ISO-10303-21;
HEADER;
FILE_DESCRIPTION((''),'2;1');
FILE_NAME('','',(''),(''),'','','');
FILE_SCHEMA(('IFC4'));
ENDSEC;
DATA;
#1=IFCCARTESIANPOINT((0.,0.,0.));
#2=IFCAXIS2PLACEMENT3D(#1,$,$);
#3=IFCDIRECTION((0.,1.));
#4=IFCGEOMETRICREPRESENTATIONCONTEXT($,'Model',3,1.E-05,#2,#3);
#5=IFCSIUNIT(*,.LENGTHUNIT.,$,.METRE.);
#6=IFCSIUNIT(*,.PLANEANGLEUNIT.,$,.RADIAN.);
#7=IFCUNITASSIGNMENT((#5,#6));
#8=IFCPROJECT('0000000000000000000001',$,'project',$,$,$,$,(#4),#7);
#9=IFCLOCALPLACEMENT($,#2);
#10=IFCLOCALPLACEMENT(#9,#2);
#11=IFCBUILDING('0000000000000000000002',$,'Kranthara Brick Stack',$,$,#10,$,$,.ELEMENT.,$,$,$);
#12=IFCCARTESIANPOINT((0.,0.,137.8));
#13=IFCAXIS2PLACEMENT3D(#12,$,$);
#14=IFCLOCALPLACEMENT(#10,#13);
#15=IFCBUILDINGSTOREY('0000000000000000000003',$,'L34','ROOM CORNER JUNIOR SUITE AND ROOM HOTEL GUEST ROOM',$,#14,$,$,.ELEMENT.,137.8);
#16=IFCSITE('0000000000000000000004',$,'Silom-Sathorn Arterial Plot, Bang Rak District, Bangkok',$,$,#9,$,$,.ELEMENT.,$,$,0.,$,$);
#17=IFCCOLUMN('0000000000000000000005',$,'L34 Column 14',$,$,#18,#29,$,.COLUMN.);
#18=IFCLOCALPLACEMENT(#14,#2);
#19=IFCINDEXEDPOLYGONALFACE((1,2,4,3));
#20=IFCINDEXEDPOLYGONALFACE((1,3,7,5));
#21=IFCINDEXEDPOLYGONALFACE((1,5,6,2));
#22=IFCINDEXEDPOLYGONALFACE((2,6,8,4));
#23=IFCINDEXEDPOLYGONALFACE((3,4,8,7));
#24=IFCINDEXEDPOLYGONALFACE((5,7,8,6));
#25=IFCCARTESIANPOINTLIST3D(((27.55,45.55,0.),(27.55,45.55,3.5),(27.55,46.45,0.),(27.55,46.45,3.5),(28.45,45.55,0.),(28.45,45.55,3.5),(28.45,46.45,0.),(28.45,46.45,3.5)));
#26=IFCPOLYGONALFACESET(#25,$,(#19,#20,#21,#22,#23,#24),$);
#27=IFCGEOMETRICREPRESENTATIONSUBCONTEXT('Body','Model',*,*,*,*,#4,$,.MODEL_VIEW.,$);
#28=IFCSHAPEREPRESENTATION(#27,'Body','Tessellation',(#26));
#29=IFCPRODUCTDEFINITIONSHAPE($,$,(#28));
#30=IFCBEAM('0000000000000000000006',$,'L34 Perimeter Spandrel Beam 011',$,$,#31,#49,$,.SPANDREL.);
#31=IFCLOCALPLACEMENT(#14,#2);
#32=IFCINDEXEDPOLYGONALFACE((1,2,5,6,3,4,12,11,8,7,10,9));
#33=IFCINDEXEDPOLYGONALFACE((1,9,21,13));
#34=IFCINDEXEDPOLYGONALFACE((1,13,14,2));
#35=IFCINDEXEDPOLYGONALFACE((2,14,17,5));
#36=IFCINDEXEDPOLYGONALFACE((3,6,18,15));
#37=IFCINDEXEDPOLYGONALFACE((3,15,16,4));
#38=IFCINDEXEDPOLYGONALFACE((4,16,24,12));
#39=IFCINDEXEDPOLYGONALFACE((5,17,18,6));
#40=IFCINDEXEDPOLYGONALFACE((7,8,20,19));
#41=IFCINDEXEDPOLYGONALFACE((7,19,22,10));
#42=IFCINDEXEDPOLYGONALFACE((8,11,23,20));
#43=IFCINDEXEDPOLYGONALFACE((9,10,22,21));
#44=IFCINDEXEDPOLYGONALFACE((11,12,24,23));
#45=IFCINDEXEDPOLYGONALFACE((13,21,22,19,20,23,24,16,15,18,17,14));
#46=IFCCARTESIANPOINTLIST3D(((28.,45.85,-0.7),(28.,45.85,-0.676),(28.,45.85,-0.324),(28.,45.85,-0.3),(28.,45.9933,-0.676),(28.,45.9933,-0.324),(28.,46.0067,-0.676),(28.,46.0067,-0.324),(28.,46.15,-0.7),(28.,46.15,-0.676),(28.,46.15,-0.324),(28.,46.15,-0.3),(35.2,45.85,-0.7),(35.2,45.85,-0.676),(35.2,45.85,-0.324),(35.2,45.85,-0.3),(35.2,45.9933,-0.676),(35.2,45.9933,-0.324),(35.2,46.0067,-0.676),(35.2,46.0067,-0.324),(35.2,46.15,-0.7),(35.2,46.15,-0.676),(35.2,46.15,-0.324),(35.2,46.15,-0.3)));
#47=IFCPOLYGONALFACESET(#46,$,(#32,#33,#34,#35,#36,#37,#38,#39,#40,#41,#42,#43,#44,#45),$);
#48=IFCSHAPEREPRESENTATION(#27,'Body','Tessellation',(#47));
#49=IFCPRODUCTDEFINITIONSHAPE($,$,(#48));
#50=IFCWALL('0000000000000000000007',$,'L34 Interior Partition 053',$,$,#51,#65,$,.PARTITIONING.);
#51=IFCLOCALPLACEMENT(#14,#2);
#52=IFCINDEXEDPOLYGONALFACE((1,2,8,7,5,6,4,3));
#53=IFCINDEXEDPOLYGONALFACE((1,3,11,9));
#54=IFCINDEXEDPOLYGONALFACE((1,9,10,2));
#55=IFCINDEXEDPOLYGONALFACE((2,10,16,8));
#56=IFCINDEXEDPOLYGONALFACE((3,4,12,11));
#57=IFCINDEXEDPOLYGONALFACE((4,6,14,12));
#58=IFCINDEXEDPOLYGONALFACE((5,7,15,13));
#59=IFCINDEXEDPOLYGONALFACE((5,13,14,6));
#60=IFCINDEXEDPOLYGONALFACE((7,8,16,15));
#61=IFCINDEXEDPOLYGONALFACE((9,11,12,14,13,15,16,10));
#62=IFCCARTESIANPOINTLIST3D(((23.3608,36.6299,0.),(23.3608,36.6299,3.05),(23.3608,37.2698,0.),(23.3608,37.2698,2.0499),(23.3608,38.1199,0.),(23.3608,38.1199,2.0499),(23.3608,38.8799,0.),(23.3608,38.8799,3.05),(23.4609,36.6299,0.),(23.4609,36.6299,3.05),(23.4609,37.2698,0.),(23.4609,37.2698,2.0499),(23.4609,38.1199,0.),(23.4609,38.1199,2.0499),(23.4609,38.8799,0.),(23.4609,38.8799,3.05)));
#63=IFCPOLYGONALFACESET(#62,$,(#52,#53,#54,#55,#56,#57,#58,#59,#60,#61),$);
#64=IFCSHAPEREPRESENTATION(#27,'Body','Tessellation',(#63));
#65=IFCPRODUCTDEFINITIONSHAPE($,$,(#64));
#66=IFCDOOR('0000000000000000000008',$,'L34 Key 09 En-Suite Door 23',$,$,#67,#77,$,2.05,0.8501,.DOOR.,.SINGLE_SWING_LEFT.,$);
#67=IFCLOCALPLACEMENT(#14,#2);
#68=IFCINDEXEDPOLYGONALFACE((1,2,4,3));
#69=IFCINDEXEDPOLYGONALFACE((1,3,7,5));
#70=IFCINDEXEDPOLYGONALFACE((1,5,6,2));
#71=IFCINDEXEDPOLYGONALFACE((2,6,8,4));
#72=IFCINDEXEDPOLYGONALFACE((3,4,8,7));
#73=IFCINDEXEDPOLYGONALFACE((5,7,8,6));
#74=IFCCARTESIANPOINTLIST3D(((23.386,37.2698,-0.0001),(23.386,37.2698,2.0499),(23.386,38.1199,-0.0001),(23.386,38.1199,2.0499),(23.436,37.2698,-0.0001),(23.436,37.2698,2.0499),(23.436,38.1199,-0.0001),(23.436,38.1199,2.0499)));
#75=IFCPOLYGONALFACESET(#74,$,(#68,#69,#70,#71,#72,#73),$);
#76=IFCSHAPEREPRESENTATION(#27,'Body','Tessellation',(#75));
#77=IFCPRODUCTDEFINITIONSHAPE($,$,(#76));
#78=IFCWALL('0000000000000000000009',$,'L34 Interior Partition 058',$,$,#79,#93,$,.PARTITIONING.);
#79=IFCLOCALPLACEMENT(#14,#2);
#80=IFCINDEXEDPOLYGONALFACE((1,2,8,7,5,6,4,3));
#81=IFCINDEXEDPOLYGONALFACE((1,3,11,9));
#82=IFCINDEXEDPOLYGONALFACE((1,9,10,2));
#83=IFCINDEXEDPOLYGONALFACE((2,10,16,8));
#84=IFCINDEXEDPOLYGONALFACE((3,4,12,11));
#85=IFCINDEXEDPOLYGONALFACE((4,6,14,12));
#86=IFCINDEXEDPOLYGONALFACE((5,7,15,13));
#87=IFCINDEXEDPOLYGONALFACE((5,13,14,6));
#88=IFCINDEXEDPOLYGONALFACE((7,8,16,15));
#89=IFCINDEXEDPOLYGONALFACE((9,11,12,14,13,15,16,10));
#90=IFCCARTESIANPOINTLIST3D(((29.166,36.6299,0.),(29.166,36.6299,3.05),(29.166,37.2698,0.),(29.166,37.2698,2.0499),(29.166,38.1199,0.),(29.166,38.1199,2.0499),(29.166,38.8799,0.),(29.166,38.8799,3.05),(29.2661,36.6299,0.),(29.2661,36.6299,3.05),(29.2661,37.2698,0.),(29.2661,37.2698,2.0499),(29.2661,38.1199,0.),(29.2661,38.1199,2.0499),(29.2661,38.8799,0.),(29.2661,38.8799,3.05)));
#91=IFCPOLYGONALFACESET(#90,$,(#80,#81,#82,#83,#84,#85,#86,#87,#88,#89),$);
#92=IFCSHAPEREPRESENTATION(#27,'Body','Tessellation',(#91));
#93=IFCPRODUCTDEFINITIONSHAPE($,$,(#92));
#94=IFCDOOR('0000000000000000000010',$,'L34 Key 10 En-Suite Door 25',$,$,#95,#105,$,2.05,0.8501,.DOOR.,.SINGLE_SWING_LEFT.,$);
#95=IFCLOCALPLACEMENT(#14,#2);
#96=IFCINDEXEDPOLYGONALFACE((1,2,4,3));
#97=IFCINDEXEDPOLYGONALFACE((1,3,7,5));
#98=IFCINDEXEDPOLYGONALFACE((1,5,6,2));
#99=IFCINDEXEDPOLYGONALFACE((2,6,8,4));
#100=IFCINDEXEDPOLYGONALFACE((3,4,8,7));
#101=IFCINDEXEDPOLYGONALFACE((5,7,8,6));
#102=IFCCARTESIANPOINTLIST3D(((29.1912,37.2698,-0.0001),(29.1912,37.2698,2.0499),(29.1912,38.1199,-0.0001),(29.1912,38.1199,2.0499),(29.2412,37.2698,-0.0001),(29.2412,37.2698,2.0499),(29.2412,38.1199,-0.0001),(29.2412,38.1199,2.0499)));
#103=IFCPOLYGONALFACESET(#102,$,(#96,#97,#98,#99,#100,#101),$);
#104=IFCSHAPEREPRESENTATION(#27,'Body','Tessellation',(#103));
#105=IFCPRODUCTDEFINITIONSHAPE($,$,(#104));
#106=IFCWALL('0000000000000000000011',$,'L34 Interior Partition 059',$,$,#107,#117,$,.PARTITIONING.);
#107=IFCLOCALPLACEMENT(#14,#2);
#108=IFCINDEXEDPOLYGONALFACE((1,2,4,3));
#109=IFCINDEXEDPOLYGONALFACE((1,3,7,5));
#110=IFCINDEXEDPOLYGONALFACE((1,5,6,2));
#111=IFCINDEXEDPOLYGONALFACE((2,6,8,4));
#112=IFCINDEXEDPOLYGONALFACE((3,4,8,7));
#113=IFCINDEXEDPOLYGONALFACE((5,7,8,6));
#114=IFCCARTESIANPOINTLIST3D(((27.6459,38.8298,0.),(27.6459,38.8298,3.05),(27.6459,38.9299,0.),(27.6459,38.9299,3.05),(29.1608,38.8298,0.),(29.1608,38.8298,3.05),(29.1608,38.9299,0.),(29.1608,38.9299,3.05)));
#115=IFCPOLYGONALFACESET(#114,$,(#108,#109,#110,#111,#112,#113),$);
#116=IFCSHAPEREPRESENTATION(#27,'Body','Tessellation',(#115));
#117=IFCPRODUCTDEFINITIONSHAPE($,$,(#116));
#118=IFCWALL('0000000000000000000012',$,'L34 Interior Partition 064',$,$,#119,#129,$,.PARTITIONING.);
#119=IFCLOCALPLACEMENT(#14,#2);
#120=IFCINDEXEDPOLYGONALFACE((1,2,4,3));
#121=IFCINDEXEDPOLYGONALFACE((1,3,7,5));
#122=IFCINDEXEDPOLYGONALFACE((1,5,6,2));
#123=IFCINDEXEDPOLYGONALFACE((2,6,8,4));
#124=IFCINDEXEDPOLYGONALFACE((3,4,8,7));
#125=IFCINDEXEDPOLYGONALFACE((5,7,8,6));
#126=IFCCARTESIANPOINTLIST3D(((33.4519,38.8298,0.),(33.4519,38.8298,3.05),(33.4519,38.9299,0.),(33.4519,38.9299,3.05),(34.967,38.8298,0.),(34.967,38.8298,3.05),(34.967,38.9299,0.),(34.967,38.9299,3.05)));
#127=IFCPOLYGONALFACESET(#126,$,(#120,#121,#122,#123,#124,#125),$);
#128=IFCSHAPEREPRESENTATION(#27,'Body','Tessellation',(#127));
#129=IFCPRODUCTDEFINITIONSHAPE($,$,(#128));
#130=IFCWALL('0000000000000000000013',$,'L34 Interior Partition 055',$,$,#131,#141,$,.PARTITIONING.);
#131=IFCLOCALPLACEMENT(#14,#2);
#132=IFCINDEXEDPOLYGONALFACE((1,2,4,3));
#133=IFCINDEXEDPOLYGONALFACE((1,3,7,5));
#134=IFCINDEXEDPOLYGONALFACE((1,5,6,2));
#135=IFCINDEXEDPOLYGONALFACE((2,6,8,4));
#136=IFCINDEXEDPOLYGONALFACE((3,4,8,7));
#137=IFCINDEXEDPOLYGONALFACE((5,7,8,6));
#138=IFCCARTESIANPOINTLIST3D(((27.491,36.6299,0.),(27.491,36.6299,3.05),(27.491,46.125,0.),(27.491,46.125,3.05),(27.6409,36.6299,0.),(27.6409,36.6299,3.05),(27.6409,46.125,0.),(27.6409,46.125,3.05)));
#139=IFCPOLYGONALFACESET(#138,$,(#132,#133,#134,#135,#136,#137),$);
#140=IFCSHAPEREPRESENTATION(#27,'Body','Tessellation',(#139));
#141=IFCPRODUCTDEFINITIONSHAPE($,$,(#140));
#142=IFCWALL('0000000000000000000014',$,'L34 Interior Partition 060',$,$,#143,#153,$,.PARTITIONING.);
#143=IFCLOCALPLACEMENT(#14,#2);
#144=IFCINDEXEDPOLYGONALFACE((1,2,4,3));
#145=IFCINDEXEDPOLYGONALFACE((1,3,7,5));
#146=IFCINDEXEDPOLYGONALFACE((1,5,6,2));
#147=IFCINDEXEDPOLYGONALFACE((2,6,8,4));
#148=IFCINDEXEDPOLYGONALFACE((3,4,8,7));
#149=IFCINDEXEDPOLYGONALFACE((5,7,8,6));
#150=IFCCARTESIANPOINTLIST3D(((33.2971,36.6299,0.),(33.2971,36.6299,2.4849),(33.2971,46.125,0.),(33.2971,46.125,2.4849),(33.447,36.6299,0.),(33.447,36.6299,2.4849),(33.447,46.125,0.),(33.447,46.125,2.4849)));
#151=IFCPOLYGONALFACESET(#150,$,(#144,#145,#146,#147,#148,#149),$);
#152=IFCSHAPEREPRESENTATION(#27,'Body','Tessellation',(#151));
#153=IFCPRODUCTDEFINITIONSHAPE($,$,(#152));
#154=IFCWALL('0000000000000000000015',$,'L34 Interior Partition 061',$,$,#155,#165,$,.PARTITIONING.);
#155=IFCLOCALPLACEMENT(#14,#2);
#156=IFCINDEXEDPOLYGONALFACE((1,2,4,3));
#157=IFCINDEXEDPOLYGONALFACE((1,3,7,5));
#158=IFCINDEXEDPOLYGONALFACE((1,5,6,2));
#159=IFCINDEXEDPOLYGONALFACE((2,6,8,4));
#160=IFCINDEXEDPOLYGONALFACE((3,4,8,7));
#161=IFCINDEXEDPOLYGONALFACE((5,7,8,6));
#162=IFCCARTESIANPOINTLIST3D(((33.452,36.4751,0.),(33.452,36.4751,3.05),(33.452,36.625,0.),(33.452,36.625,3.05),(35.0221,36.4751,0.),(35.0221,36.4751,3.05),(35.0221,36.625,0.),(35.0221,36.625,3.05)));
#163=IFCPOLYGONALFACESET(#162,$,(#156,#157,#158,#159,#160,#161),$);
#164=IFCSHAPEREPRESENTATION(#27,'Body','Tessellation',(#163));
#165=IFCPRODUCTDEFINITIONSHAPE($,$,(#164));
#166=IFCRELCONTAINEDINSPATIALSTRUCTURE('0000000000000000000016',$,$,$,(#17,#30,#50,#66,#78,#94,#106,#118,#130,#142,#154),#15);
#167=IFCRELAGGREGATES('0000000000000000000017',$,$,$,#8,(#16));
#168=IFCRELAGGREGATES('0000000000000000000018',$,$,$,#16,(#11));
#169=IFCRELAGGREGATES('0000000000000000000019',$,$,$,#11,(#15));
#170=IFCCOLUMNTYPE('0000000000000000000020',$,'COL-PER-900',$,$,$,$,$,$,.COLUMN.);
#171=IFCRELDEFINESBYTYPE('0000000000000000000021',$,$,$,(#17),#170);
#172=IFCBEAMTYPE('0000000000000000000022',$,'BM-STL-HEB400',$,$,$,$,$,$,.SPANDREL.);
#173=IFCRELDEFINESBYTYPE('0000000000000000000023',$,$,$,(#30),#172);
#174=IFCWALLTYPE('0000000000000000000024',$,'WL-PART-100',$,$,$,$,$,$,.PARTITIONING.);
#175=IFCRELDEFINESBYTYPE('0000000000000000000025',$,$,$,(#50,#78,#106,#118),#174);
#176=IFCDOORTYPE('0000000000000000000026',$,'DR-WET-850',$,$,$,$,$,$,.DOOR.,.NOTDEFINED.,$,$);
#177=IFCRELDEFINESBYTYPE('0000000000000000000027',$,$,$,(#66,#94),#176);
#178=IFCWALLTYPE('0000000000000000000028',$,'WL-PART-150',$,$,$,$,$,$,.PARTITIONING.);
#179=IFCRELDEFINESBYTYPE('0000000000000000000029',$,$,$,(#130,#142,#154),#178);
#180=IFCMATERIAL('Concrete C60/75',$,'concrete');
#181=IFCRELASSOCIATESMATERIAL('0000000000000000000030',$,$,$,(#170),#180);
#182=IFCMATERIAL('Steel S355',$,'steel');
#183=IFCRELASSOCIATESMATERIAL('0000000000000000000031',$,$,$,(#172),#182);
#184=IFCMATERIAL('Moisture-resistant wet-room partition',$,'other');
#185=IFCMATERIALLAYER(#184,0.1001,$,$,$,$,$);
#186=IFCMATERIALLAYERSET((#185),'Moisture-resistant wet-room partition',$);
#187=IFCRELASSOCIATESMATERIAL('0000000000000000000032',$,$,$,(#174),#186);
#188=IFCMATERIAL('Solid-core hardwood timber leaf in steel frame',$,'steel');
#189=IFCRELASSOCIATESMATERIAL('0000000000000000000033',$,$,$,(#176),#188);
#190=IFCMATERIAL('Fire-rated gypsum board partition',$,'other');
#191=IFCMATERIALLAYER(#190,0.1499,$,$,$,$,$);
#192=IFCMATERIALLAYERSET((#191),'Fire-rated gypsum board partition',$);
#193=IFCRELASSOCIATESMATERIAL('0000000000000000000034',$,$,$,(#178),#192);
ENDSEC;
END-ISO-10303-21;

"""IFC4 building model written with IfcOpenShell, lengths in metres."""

from ifc_helpers import new_model, si_unit, direction, frame, frame_2d, origin, origin_2d, place, context, subcontext, project, spatial, rectangle, i_section, extrude, material, layer, layer_set, material_profile, profile_set, type_object, element, fill, save


model = new_model("IFC4")

# Units and contexts
model_context = context("Model", 3, precision=1e-05, world=origin(), true_north=direction((0.0, 1.0)))
body_context = subcontext(model_context, "Body", "Model", "MODEL_VIEW")
ifc_project = project(units=[si_unit("LENGTHUNIT", "METRE"), si_unit("PLANEANGLEUNIT", "RADIAN")], contexts=[model_context])

# Site, building, storey
site_placement = place(None, origin())
site = spatial("IfcSite", under=ifc_project, at=site_placement, Name="Silom-Sathorn Arterial Plot, Bang Rak District, Bangkok", CompositionType="ELEMENT", RefElevation=0.0)
building_placement = place(site_placement, origin())
building = spatial("IfcBuilding", under=site, at=building_placement, Name="Kranthara Brick Stack", CompositionType="ELEMENT")
storey_placement = place(building_placement, frame((0.0, 0.0, 137.8)))
storey = spatial("IfcBuildingStorey", under=building, at=storey_placement, Name="L34", Description="ROOM CORNER JUNIOR SUITE AND ROOM HOTEL GUEST ROOM", CompositionType="ELEMENT", Elevation=137.8)

# Column
ifc_material_1 = material(Name="Concrete C60/75", Category="concrete")
ifc_material_profile_1 = material_profile(ifc_material_1, rectangle(XDim=0.8999, YDim=0.8999, at=origin_2d()), Name="RC 900x900")
ifc_profile_set_1 = profile_set([ifc_material_profile_1], Name="Concrete C60/75")
column_type = type_object("IfcColumnType", Name="COL-PER-900", PredefinedType="COLUMN", material=ifc_profile_set_1)
column_placement = place(storey_placement, frame((28.0, 46.0, 0.0), z_axis=(0.0, 0.0, 1.0), x_axis=(1.0, 0.0, 0.0)))
element("IfcColumn", 1, at=column_placement, inside=storey, type_object=column_type, Name="L34 Column 14", PredefinedType="COLUMN", context=body_context, shape_type="SweptSolid", body=[
    extrude(rectangle(XDim=0.8999, YDim=0.8999, at=origin_2d()), origin(), (0.0, 0.0, 1.0), 3.5),
])

# Beam
ifc_material_2 = material(Name="Steel S355", Category="steel")
ifc_material_profile_2 = material_profile(ifc_material_2, i_section(OverallWidth=0.3, OverallDepth=0.3999, WebThickness=0.0134, FlangeThickness=0.0239, at=origin_2d()), Name="HEB 400")
ifc_profile_set_2 = profile_set([ifc_material_profile_2], Name="Steel S355")
beam_type = type_object("IfcBeamType", Name="BM-STL-HEB400", PredefinedType="SPANDREL", material=ifc_profile_set_2)
beam_placement = place(storey_placement, frame((28.0, 46.0, -0.5), z_axis=(1.0, 0.0, 0.0), x_axis=(0.0, 1.0, 0.0)))
element("IfcBeam", 2, at=beam_placement, inside=storey, type_object=beam_type, Name="L34 Perimeter Spandrel Beam 011", PredefinedType="SPANDREL", context=body_context, shape_type="SweptSolid", body=[
    extrude(i_section(OverallWidth=0.3, OverallDepth=0.3999, WebThickness=0.0134, FlangeThickness=0.0239, at=origin_2d()), origin(), (0.0, 0.0, 1.0), 7.2),
])

# Walls, openings, doors
ifc_material_3 = material(Name="Moisture-resistant wet-room partition", Category="other")
ifc_layer_1 = layer(ifc_material_3, 0.1001)
ifc_layer_set_1 = layer_set([ifc_layer_1], Name="Moisture-resistant wet-room partition")
wall_type_1 = type_object("IfcWallType", Name="WL-PART-100", PredefinedType="PARTITIONING", material=ifc_layer_set_1)
wall_1_placement = place(storey_placement, frame((23.4109, 36.6299, 0.0), z_axis=(0.0, 0.0, 1.0), x_axis=(0.0, 1.0, 0.0)))
wall_1 = element("IfcWall", 3, at=wall_1_placement, inside=storey, type_object=wall_type_1, Name="L34 Interior Partition 053", PredefinedType="PARTITIONING", context=body_context, shape_type="SweptSolid", body=[
    extrude(rectangle(XDim=2.25, YDim=0.1001, at=frame_2d((1.125, 0.0))), origin(), (0.0, 0.0, 1.0), 3.05),
])
opening_1_placement = place(wall_1_placement, frame((0.6399, 0.0, 0.0)))
opening_1 = element("IfcOpeningElement", 4, at=opening_1_placement, cuts=wall_1, PredefinedType="OPENING", context=body_context, shape_type="SweptSolid", body=[
    extrude(rectangle(XDim=0.8501, YDim=2.05, at=frame_2d((0.425, 1.0249))), frame((0.0, 0.0601, 0.0), z_axis=(0.0, -1.0, 0.0), x_axis=(1.0, 0.0, 0.0)), (0.0, 0.0, 1.0), 0.1201),
])
ifc_material_4 = material(Name="Solid-core hardwood timber leaf in steel frame", Category="steel")
door_type_1 = type_object("IfcDoorType", Name="DR-WET-850", OperationType="NOTDEFINED", PredefinedType="DOOR", material=ifc_material_4)
door_1_placement = place(opening_1_placement, origin())
door_1 = element("IfcDoor", 5, at=door_1_placement, inside=storey, type_object=door_type_1, Name="L34 Key 09 En-Suite Door 23", OperationType="SINGLE_SWING_LEFT", OverallHeight=2.05, OverallWidth=0.8501, PredefinedType="DOOR", context=body_context, shape_type="SweptSolid", body=[
    extrude(rectangle(XDim=0.8501, YDim=2.05, at=frame_2d((0.425, 1.0249))), frame((0.0, 0.0249, 0.0), z_axis=(0.0, -1.0, 0.0), x_axis=(1.0, 0.0, 0.0)), (0.0, 0.0, 1.0), 0.05),
])
fill(opening_1, door_1)
wall_2_placement = place(storey_placement, frame((29.2161, 36.6299, 0.0), z_axis=(0.0, 0.0, 1.0), x_axis=(0.0, 1.0, 0.0)))
wall_2 = element("IfcWall", 6, at=wall_2_placement, inside=storey, type_object=wall_type_1, Name="L34 Interior Partition 058", PredefinedType="PARTITIONING", context=body_context, shape_type="SweptSolid", body=[
    extrude(rectangle(XDim=2.25, YDim=0.1001, at=frame_2d((1.125, 0.0))), origin(), (0.0, 0.0, 1.0), 3.05),
])
opening_2_placement = place(wall_2_placement, frame((0.6399, 0.0, 0.0)))
opening_2 = element("IfcOpeningElement", 7, at=opening_2_placement, cuts=wall_2, PredefinedType="OPENING", context=body_context, shape_type="SweptSolid", body=[
    extrude(rectangle(XDim=0.8501, YDim=2.05, at=frame_2d((0.425, 1.0249))), frame((0.0, 0.0601, 0.0), z_axis=(0.0, -1.0, 0.0), x_axis=(1.0, 0.0, 0.0)), (0.0, 0.0, 1.0), 0.1201),
])
door_2_placement = place(opening_2_placement, origin())
door_2 = element("IfcDoor", 8, at=door_2_placement, inside=storey, type_object=door_type_1, Name="L34 Key 10 En-Suite Door 25", OperationType="SINGLE_SWING_LEFT", OverallHeight=2.05, OverallWidth=0.8501, PredefinedType="DOOR", context=body_context, shape_type="SweptSolid", body=[
    extrude(rectangle(XDim=0.8501, YDim=2.05, at=frame_2d((0.425, 1.0249))), frame((0.0, 0.0249, 0.0), z_axis=(0.0, -1.0, 0.0), x_axis=(1.0, 0.0, 0.0)), (0.0, 0.0, 1.0), 0.05),
])
fill(opening_2, door_2)

# Walls
wall_3_placement = place(storey_placement, frame((27.646, 38.8799, 0.0), z_axis=(0.0, 0.0, 1.0), x_axis=(1.0, 0.0, 0.0)))
element("IfcWall", 9, at=wall_3_placement, inside=storey, type_object=wall_type_1, Name="L34 Interior Partition 059", PredefinedType="PARTITIONING", context=body_context, shape_type="SweptSolid", body=[
    extrude(rectangle(XDim=1.5149, YDim=0.1001, at=frame_2d((0.7573, 0.0))), origin(), (0.0, 0.0, 1.0), 3.05),
])
wall_4_placement = place(storey_placement, frame((33.4519, 38.8799, 0.0), z_axis=(0.0, 0.0, 1.0), x_axis=(1.0, 0.0, 0.0)))
element("IfcWall", 10, at=wall_4_placement, inside=storey, type_object=wall_type_1, Name="L34 Interior Partition 064", PredefinedType="PARTITIONING", context=body_context, shape_type="SweptSolid", body=[
    extrude(rectangle(XDim=1.5151, YDim=0.1001, at=frame_2d((0.7576, 0.0))), origin(), (0.0, 0.0, 1.0), 3.05),
])
ifc_material_5 = material(Name="Fire-rated gypsum board partition", Category="other")
ifc_layer_2 = layer(ifc_material_5, 0.1499)
ifc_layer_set_2 = layer_set([ifc_layer_2], Name="Fire-rated gypsum board partition")
wall_type_2 = type_object("IfcWallType", Name="WL-PART-150", PredefinedType="PARTITIONING", material=ifc_layer_set_2)
wall_5_placement = place(storey_placement, frame((27.5659, 36.6299, 0.0), z_axis=(0.0, 0.0, 1.0), x_axis=(0.0, 1.0, 0.0)))
element("IfcWall", 11, at=wall_5_placement, inside=storey, type_object=wall_type_2, Name="L34 Interior Partition 055", PredefinedType="PARTITIONING", context=body_context, shape_type="SweptSolid", body=[
    extrude(rectangle(XDim=9.4951, YDim=0.1499, at=frame_2d((4.7476, 0.0))), origin(), (0.0, 0.0, 1.0), 3.05),
])
wall_6_placement = place(storey_placement, frame((33.3721, 36.6299, 0.0), z_axis=(0.0, 0.0, 1.0), x_axis=(0.0, 1.0, 0.0)))
element("IfcWall", 12, at=wall_6_placement, inside=storey, type_object=wall_type_2, Name="L34 Interior Partition 060", PredefinedType="PARTITIONING", context=body_context, shape_type="SweptSolid", body=[
    extrude(rectangle(XDim=9.4951, YDim=0.1499, at=frame_2d((4.7476, 0.0))), origin(), (0.0, 0.0, 1.0), 2.4849),
])
wall_7_placement = place(storey_placement, frame((33.4519, 36.55, 0.0), z_axis=(0.0, 0.0, 1.0), x_axis=(1.0, 0.0, 0.0)))
element("IfcWall", 13, at=wall_7_placement, inside=storey, type_object=wall_type_2, Name="L34 Interior Partition 061", PredefinedType="PARTITIONING", context=body_context, shape_type="SweptSolid", body=[
    extrude(rectangle(XDim=1.5701, YDim=0.1499, at=frame_2d((0.7852, 0.0))), origin(), (0.0, 0.0, 1.0), 3.05),
])

save(model, "model.ifc")
